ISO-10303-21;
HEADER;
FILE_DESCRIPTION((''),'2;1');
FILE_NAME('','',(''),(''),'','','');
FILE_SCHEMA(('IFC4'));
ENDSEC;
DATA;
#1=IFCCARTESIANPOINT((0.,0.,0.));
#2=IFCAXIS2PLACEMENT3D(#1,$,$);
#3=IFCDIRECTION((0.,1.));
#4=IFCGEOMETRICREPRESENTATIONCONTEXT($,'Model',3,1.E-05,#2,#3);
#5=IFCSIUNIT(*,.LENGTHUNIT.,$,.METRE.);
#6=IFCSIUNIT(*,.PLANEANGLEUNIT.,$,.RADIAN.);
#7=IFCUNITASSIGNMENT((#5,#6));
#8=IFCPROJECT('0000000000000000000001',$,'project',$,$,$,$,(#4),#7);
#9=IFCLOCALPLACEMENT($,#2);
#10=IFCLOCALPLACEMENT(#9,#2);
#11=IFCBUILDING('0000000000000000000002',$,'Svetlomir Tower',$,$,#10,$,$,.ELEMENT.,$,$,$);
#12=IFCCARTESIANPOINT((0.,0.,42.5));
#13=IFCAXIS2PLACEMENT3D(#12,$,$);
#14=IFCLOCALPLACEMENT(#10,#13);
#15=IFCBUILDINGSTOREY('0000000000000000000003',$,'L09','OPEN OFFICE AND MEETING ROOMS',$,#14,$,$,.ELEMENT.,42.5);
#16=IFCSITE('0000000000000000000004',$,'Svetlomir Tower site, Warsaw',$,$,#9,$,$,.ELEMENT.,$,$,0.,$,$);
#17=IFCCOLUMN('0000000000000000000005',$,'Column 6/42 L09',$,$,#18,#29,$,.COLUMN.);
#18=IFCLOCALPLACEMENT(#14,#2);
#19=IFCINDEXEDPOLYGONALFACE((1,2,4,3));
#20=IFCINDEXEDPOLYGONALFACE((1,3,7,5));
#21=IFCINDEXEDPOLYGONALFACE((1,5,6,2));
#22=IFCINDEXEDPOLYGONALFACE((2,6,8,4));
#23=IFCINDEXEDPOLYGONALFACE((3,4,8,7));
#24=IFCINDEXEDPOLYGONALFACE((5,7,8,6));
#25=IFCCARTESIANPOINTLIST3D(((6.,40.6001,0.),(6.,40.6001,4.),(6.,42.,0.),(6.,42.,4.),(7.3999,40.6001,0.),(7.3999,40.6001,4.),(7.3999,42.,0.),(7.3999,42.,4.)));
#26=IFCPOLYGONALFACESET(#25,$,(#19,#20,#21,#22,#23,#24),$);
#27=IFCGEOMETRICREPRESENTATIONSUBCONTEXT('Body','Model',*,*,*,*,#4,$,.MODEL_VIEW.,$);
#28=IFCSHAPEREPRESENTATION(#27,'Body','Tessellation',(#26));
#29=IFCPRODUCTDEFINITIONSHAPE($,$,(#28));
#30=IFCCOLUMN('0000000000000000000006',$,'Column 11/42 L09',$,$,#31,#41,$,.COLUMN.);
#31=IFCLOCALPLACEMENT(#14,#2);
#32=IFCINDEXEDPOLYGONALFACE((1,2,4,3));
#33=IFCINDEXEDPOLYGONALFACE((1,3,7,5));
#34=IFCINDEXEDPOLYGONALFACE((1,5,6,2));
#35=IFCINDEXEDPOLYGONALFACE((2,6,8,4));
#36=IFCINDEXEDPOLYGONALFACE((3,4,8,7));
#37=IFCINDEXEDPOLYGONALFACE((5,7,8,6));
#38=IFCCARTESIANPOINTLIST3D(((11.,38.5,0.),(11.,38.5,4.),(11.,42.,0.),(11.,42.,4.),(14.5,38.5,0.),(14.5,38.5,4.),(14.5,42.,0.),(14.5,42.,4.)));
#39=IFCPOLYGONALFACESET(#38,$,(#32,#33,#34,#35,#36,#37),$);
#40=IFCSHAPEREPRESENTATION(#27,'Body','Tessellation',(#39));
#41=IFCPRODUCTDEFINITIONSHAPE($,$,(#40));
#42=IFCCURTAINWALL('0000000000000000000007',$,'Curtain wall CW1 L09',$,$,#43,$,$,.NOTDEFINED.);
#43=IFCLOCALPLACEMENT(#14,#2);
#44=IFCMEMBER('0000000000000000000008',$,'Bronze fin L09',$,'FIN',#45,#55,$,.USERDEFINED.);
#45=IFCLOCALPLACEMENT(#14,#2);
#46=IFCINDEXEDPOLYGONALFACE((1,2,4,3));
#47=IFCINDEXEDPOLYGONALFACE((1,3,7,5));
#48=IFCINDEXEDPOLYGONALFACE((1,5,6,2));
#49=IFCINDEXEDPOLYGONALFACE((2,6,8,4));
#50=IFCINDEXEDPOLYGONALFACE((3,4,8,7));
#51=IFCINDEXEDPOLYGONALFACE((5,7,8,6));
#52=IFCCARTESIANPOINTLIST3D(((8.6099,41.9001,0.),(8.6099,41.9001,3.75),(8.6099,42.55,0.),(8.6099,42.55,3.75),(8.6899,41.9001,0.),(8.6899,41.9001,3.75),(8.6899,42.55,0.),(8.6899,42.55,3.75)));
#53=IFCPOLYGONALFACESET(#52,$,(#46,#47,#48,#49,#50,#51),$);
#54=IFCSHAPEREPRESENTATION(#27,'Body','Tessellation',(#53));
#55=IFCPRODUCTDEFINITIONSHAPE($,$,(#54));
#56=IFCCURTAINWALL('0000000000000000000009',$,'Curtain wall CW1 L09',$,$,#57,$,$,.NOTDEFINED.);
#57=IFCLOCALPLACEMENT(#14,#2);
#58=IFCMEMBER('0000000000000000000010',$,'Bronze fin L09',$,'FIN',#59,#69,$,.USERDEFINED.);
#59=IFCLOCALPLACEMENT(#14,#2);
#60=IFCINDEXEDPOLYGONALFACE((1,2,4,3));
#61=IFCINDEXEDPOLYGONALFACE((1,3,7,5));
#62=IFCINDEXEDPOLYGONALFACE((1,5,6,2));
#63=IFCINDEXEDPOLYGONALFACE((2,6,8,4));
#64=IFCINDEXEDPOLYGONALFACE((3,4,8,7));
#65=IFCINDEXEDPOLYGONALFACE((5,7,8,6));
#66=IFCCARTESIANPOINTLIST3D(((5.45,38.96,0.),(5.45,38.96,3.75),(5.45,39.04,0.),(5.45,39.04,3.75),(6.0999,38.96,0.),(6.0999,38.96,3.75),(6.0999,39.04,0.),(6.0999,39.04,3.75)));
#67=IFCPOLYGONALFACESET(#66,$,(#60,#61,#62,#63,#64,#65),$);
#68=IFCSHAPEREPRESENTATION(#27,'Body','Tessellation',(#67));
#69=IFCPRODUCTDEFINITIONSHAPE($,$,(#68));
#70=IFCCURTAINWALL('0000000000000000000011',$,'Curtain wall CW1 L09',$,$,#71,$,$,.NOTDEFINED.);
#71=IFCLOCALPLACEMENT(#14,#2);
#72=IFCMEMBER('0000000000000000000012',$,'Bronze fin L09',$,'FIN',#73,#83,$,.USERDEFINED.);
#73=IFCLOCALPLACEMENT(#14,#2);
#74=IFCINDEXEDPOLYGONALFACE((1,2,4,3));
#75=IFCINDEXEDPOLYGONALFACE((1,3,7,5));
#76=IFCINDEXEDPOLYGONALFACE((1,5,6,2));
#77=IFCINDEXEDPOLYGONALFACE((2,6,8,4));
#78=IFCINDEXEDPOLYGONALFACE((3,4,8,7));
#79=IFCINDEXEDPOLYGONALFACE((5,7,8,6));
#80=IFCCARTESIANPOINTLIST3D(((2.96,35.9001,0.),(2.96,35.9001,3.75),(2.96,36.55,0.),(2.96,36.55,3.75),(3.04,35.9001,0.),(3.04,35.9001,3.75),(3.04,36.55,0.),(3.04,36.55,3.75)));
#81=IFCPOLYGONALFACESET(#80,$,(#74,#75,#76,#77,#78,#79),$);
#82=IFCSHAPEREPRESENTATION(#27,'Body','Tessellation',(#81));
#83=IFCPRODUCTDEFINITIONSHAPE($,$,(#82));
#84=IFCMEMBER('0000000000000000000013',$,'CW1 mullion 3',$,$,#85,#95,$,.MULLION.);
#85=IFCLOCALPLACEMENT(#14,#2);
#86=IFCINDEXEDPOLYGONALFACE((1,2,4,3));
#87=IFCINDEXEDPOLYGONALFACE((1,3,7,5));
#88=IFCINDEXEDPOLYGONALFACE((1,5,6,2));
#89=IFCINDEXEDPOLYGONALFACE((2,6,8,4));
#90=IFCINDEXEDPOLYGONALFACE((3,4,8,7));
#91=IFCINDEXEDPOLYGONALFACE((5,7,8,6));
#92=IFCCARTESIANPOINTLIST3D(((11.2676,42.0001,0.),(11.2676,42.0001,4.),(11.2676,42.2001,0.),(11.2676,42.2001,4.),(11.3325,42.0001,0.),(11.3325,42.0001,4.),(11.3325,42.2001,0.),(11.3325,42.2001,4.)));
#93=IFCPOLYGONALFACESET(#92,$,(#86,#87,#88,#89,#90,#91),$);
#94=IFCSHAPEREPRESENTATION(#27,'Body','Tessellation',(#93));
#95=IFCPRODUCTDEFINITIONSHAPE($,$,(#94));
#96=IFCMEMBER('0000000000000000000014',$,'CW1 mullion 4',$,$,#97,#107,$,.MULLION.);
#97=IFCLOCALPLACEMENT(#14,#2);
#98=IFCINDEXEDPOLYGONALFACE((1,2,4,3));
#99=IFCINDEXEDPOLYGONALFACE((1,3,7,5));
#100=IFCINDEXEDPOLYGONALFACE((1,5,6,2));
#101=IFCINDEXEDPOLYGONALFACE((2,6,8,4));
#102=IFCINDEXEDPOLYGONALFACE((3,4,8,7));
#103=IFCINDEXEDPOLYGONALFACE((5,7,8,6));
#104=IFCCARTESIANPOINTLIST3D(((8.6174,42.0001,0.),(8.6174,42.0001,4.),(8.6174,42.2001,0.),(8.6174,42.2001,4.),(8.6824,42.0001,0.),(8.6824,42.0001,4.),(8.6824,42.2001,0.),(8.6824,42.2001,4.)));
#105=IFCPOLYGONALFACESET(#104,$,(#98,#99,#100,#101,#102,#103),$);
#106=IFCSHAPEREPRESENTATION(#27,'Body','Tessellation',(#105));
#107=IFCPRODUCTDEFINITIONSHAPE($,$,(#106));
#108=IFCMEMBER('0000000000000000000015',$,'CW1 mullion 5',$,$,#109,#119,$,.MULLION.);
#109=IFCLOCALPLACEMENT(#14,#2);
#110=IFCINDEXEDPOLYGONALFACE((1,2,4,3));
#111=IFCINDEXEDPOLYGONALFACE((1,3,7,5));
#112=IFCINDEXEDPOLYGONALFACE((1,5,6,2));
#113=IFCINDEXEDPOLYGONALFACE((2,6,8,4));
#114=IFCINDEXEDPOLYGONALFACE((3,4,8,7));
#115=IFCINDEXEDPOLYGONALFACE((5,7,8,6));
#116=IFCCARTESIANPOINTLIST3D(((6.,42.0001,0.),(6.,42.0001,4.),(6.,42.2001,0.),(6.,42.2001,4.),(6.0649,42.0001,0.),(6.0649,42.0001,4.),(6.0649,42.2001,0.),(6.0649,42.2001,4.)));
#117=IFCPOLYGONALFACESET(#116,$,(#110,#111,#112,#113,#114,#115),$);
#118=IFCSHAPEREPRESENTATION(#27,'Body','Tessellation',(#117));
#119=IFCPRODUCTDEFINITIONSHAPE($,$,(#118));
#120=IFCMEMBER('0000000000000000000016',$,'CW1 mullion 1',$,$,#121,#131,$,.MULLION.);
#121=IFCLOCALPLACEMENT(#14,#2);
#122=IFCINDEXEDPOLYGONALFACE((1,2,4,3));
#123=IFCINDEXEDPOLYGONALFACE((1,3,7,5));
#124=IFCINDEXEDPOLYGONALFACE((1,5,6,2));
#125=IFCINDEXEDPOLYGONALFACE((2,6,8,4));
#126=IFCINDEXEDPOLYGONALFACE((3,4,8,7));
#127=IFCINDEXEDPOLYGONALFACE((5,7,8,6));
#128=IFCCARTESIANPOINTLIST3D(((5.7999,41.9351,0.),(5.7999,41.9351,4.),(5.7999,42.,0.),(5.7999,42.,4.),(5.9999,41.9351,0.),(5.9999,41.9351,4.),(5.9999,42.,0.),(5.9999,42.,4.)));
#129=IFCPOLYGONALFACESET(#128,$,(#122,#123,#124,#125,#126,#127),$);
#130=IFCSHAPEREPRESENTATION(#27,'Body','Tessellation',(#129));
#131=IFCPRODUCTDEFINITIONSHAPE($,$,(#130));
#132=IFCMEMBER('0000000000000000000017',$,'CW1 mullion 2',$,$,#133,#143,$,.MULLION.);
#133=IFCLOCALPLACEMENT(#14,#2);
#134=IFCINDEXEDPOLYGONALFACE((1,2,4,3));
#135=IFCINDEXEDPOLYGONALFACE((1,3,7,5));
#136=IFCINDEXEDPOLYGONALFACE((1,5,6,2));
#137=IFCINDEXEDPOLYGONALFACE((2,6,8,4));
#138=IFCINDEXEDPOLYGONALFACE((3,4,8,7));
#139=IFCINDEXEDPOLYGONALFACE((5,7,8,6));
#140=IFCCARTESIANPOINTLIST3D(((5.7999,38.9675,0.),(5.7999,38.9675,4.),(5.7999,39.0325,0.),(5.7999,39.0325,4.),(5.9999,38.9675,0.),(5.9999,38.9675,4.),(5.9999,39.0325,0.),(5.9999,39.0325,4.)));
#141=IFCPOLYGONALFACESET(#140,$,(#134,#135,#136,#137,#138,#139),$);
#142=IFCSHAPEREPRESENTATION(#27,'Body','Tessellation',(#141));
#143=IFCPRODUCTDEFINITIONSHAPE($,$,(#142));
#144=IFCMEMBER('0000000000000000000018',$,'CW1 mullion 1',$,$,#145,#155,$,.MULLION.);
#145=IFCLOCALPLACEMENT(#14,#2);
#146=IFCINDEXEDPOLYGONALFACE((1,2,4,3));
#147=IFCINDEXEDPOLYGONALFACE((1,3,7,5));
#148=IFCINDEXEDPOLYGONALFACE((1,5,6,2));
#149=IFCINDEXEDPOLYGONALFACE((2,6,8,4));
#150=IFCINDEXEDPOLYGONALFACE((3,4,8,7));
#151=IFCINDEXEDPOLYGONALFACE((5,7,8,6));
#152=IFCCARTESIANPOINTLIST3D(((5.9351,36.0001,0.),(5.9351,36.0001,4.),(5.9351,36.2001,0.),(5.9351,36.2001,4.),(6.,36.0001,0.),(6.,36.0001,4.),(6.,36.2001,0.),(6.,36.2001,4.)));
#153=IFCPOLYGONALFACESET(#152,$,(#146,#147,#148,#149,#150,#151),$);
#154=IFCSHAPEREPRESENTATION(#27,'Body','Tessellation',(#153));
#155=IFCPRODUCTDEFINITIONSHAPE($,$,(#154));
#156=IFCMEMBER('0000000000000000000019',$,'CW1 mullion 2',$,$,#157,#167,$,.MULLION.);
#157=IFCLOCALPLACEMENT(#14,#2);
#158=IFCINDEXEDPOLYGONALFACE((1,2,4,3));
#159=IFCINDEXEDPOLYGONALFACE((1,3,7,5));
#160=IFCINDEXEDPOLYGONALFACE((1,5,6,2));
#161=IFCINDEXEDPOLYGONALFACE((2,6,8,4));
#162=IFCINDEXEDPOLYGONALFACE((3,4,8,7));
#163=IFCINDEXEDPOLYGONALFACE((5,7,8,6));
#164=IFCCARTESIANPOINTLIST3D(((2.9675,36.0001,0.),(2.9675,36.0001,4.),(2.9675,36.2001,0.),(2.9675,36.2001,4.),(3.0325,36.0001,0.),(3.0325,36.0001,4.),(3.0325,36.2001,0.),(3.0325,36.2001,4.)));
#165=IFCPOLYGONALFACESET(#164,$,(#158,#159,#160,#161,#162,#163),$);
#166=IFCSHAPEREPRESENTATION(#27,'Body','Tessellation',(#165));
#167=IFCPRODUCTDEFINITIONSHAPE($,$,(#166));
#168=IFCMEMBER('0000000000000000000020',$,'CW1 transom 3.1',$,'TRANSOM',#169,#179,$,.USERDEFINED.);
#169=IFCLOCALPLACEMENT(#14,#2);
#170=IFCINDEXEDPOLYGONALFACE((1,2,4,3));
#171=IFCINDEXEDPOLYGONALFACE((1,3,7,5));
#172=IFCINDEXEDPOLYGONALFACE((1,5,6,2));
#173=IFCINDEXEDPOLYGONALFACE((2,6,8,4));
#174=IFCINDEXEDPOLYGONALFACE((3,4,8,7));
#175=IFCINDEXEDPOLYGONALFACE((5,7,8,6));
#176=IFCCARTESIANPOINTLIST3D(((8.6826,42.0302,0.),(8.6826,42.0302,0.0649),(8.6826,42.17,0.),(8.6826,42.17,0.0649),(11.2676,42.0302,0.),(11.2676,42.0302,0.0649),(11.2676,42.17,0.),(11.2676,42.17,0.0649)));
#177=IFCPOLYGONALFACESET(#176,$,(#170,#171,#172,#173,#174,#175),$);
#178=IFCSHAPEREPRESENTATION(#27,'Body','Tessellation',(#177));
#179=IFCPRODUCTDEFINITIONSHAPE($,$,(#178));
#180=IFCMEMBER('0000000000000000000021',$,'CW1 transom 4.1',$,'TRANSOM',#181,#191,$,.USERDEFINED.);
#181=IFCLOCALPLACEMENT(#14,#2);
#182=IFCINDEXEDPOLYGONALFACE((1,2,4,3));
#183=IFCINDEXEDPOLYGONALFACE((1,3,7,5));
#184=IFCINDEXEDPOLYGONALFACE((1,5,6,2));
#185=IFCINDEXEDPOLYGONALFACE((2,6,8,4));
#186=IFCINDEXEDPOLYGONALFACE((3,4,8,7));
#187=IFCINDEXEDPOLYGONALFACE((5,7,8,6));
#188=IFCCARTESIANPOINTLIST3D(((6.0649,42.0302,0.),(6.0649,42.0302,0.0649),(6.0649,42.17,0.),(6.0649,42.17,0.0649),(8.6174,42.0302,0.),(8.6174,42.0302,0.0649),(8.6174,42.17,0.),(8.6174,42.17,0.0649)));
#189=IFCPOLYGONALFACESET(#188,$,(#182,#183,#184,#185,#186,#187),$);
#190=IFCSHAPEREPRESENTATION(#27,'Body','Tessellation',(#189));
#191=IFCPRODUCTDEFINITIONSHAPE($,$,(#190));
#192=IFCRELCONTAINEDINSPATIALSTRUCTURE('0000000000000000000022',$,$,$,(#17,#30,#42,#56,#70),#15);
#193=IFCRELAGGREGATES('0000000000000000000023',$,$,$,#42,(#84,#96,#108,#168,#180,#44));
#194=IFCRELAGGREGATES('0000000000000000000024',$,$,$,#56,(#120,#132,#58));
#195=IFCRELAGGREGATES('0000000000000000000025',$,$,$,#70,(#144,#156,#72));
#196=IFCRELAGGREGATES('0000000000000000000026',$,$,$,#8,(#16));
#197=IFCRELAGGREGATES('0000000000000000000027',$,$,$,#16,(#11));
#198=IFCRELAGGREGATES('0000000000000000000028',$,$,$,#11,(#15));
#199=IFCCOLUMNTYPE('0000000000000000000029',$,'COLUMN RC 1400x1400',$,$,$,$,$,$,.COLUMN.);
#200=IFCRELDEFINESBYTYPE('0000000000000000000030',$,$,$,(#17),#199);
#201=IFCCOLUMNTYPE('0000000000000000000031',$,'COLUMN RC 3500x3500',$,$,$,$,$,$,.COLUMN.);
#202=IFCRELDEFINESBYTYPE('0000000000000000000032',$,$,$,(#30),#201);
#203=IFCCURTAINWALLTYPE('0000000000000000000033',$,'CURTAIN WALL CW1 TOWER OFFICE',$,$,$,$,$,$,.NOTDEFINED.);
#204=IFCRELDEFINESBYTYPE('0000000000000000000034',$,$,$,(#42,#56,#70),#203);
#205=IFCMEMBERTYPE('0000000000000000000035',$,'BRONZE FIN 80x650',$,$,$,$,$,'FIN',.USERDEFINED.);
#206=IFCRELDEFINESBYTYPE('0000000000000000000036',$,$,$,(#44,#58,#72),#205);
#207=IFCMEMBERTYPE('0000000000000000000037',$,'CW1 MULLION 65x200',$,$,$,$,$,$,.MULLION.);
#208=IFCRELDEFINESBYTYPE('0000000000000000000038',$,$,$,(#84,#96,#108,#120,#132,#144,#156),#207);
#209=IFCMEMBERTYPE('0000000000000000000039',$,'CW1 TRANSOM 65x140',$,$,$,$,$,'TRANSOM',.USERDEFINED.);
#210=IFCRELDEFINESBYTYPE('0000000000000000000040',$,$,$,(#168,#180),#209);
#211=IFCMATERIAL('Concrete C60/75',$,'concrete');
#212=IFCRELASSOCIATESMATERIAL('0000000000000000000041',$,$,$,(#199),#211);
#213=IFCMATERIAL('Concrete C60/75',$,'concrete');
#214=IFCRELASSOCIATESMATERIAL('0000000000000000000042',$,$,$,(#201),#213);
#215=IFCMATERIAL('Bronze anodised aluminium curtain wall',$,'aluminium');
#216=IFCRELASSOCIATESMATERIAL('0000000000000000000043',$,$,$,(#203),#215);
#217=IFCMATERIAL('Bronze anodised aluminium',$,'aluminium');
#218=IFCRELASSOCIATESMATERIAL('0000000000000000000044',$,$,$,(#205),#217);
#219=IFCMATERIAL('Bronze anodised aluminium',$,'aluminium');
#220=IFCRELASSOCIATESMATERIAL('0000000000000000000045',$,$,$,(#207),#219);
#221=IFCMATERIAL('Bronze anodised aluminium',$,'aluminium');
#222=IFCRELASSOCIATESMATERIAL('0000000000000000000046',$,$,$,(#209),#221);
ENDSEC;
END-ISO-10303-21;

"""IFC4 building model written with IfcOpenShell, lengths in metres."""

from ifc_helpers import new_model, si_unit, direction, frame, origin, origin_2d, place, context, subcontext, project, spatial, rectangle, extrude, material, material_profile, profile_set, type_object, element, aggregate, save


model = new_model("IFC4")

# Units and contexts
model_context = context("Model", 3, precision=1e-05, world=origin(), true_north=direction((0.0, 1.0)))
body_context = subcontext(model_context, "Body", "Model", "MODEL_VIEW")
ifc_project = project(units=[si_unit("LENGTHUNIT", "METRE"), si_unit("PLANEANGLEUNIT", "RADIAN")], contexts=[model_context])

# Site, building, storey
site_placement = place(None, origin())
site = spatial("IfcSite", under=ifc_project, at=site_placement, Name="Svetlomir Tower site, Warsaw", CompositionType="ELEMENT", RefElevation=0.0)
building_placement = place(site_placement, origin())
building = spatial("IfcBuilding", under=site, at=building_placement, Name="Svetlomir Tower", CompositionType="ELEMENT")
storey_placement = place(building_placement, frame((0.0, 0.0, 42.5)))
storey = spatial("IfcBuildingStorey", under=building, at=storey_placement, Name="L09", Description="OPEN OFFICE AND MEETING ROOMS", CompositionType="ELEMENT", Elevation=42.5)

# Columns
ifc_material_1 = material(Name="Concrete C60/75", Category="concrete")
ifc_material_profile_1 = material_profile(ifc_material_1, rectangle(XDim=1.3999, YDim=1.3999, at=origin_2d()), Name="RC 1400x1400")
ifc_profile_set_1 = profile_set([ifc_material_profile_1], Name="Concrete C60/75")
column_type_1 = type_object("IfcColumnType", Name="COLUMN RC 1400x1400", PredefinedType="COLUMN", material=ifc_profile_set_1)
column_1_placement = place(storey_placement, frame((6.7, 41.3, 0.0), z_axis=(0.0, 0.0, 1.0), x_axis=(1.0, 0.0, 0.0)))
element("IfcColumn", 1, at=column_1_placement, inside=storey, type_object=column_type_1, Name="Column 6/42 L09", PredefinedType="COLUMN", context=body_context, shape_type="SweptSolid", body=[
    extrude(rectangle(XDim=1.3999, YDim=1.3999, at=origin_2d()), origin(), (0.0, 0.0, 1.0), 4.0),
])
ifc_material_2 = material(Name="Concrete C60/75", Category="concrete")
ifc_material_profile_2 = material_profile(ifc_material_2, rectangle(XDim=3.5, YDim=3.5, at=origin_2d()), Name="RC 3500x3500")
ifc_profile_set_2 = profile_set([ifc_material_profile_2], Name="Concrete C60/75")
column_type_2 = type_object("IfcColumnType", Name="COLUMN RC 3500x3500", PredefinedType="COLUMN", material=ifc_profile_set_2)
column_2_placement = place(storey_placement, frame((12.75, 40.25, 0.0), z_axis=(0.0, 0.0, 1.0), x_axis=(1.0, 0.0, 0.0)))
element("IfcColumn", 2, at=column_2_placement, inside=storey, type_object=column_type_2, Name="Column 11/42 L09", PredefinedType="COLUMN", context=body_context, shape_type="SweptSolid", body=[
    extrude(rectangle(XDim=3.5, YDim=3.5, at=origin_2d()), origin(), (0.0, 0.0, 1.0), 4.0),
])

# Curtain walls, members
ifc_material_3 = material(Name="Bronze anodised aluminium curtain wall", Category="aluminium")
curtain_wall_type = type_object("IfcCurtainWallType", Name="CURTAIN WALL CW1 TOWER OFFICE", PredefinedType="NOTDEFINED", material=ifc_material_3)
curtain_wall_1_placement = place(storey_placement, origin())
curtain_wall_1 = element("IfcCurtainWall", 3, at=curtain_wall_1_placement, inside=storey, type_object=curtain_wall_type, Name="Curtain wall CW1 L09", PredefinedType="NOTDEFINED")
ifc_material_4 = material(Name="Bronze anodised aluminium", Category="aluminium")
ifc_material_profile_3 = material_profile(ifc_material_4, rectangle(XDim=0.0801, YDim=0.6499, at=origin_2d()), Name="FIN 80x650")
ifc_profile_set_3 = profile_set([ifc_material_profile_3], Name="Bronze anodised aluminium 6063-T6")
member_type_1 = type_object("IfcMemberType", Name="BRONZE FIN 80x650", ElementType="FIN", PredefinedType="USERDEFINED", material=ifc_profile_set_3)
member_1_placement = place(storey_placement, frame((8.6499, 42.2251, 0.0), z_axis=(0.0, 0.0, 1.0), x_axis=(1.0, 0.0, 0.0)))
member_1 = element("IfcMember", 4, at=member_1_placement, type_object=member_type_1, Name="Bronze fin L09", ObjectType="FIN", PredefinedType="USERDEFINED", context=body_context, shape_type="SweptSolid", body=[
    extrude(rectangle(XDim=0.0801, YDim=0.6499, at=origin_2d()), origin(), (0.0, 0.0, 1.0), 3.75),
])
curtain_wall_2_placement = place(storey_placement, origin())
curtain_wall_2 = element("IfcCurtainWall", 5, at=curtain_wall_2_placement, inside=storey, type_object=curtain_wall_type, Name="Curtain wall CW1 L09", PredefinedType="NOTDEFINED")
member_2_placement = place(storey_placement, frame((5.7749, 39.0, 0.0), z_axis=(0.0, 0.0, 1.0), x_axis=(0.0, 1.0, 0.0)))
member_2 = element("IfcMember", 6, at=member_2_placement, type_object=member_type_1, Name="Bronze fin L09", ObjectType="FIN", PredefinedType="USERDEFINED", context=body_context, shape_type="SweptSolid", body=[
    extrude(rectangle(XDim=0.0801, YDim=0.6499, at=origin_2d()), origin(), (0.0, 0.0, 1.0), 3.75),
])
curtain_wall_3_placement = place(storey_placement, origin())
curtain_wall_3 = element("IfcCurtainWall", 7, at=curtain_wall_3_placement, inside=storey, type_object=curtain_wall_type, Name="Curtain wall CW1 L09", PredefinedType="NOTDEFINED")
member_3_placement = place(storey_placement, frame((3.0, 36.2251, 0.0), z_axis=(0.0, 0.0, 1.0), x_axis=(1.0, 0.0, 0.0)))
member_3 = element("IfcMember", 8, at=member_3_placement, type_object=member_type_1, Name="Bronze fin L09", ObjectType="FIN", PredefinedType="USERDEFINED", context=body_context, shape_type="SweptSolid", body=[
    extrude(rectangle(XDim=0.0801, YDim=0.6499, at=origin_2d()), origin(), (0.0, 0.0, 1.0), 3.75),
])

# Members
ifc_material_5 = material(Name="Bronze anodised aluminium", Category="aluminium")
ifc_material_profile_4 = material_profile(ifc_material_5, rectangle(XDim=0.0649, YDim=0.2, at=origin_2d()), Name="AL 65x200")
ifc_profile_set_4 = profile_set([ifc_material_profile_4], Name="Bronze anodised aluminium 6063-T6")
member_type_2 = type_object("IfcMemberType", Name="CW1 MULLION 65x200", PredefinedType="MULLION", material=ifc_profile_set_4)
member_4_placement = place(storey_placement, frame((11.3, 42.1001, 0.0), z_axis=(0.0, 0.0, 1.0), x_axis=(-1.0, 0.0, 0.0)))
member_4 = element("IfcMember", 9, at=member_4_placement, type_object=member_type_2, Name="CW1 mullion 3", PredefinedType="MULLION", context=body_context, shape_type="SweptSolid", body=[
    extrude(rectangle(XDim=0.0649, YDim=0.2, at=origin_2d()), origin(), (0.0, 0.0, 1.0), 4.0),
])
member_5_placement = place(storey_placement, frame((8.6499, 42.1001, 0.0), z_axis=(0.0, 0.0, 1.0), x_axis=(-1.0, 0.0, 0.0)))
member_5 = element("IfcMember", 10, at=member_5_placement, type_object=member_type_2, Name="CW1 mullion 4", PredefinedType="MULLION", context=body_context, shape_type="SweptSolid", body=[
    extrude(rectangle(XDim=0.0649, YDim=0.2, at=origin_2d()), origin(), (0.0, 0.0, 1.0), 4.0),
])
member_6_placement = place(storey_placement, frame((6.0325, 42.1001, 0.0), z_axis=(0.0, 0.0, 1.0), x_axis=(-1.0, 0.0, 0.0)))
member_6 = element("IfcMember", 11, at=member_6_placement, type_object=member_type_2, Name="CW1 mullion 5", PredefinedType="MULLION", context=body_context, shape_type="SweptSolid", body=[
    extrude(rectangle(XDim=0.0649, YDim=0.2, at=origin_2d()), origin(), (0.0, 0.0, 1.0), 4.0),
])
member_7_placement = place(storey_placement, frame((5.8999, 41.9675, 0.0), z_axis=(0.0, 0.0, 1.0), x_axis=(0.0, -1.0, 0.0)))
member_7 = element("IfcMember", 12, at=member_7_placement, type_object=member_type_2, Name="CW1 mullion 1", PredefinedType="MULLION", context=body_context, shape_type="SweptSolid", body=[
    extrude(rectangle(XDim=0.0649, YDim=0.2, at=origin_2d()), origin(), (0.0, 0.0, 1.0), 4.0),
])
member_8_placement = place(storey_placement, frame((5.8999, 39.0, 0.0), z_axis=(0.0, 0.0, 1.0), x_axis=(0.0, -1.0, 0.0)))
member_8 = element("IfcMember", 13, at=member_8_placement, type_object=member_type_2, Name="CW1 mullion 2", PredefinedType="MULLION", context=body_context, shape_type="SweptSolid", body=[
    extrude(rectangle(XDim=0.0649, YDim=0.2, at=origin_2d()), origin(), (0.0, 0.0, 1.0), 4.0),
])
member_9_placement = place(storey_placement, frame((5.9675, 36.1001, 0.0), z_axis=(0.0, 0.0, 1.0), x_axis=(-1.0, 0.0, 0.0)))
member_9 = element("IfcMember", 14, at=member_9_placement, type_object=member_type_2, Name="CW1 mullion 1", PredefinedType="MULLION", context=body_context, shape_type="SweptSolid", body=[
    extrude(rectangle(XDim=0.0649, YDim=0.2, at=origin_2d()), origin(), (0.0, 0.0, 1.0), 4.0),
])
member_10_placement = place(storey_placement, frame((3.0, 36.1001, 0.0), z_axis=(0.0, 0.0, 1.0), x_axis=(-1.0, 0.0, 0.0)))
member_10 = element("IfcMember", 15, at=member_10_placement, type_object=member_type_2, Name="CW1 mullion 2", PredefinedType="MULLION", context=body_context, shape_type="SweptSolid", body=[
    extrude(rectangle(XDim=0.0649, YDim=0.2, at=origin_2d()), origin(), (0.0, 0.0, 1.0), 4.0),
])
ifc_material_6 = material(Name="Bronze anodised aluminium", Category="aluminium")
ifc_material_profile_5 = material_profile(ifc_material_6, rectangle(XDim=0.1399, YDim=0.0649, at=origin_2d()), Name="AL 140x65")
ifc_profile_set_5 = profile_set([ifc_material_profile_5], Name="Bronze anodised aluminium 6063-T6")
member_type_3 = type_object("IfcMemberType", Name="CW1 TRANSOM 65x140", ElementType="TRANSOM", PredefinedType="USERDEFINED", material=ifc_profile_set_5)
member_11_placement = place(storey_placement, frame((11.2676, 42.1001, 0.0325), z_axis=(-1.0, 0.0, 0.0), x_axis=(0.0, -1.0, 0.0)))
member_11 = element("IfcMember", 16, at=member_11_placement, type_object=member_type_3, Name="CW1 transom 3.1", ObjectType="TRANSOM", PredefinedType="USERDEFINED", context=body_context, shape_type="SweptSolid", body=[
    extrude(rectangle(XDim=0.1399, YDim=0.0649, at=origin_2d()), origin(), (0.0, 0.0, 1.0), 2.585),
])
member_12_placement = place(storey_placement, frame((8.6174, 42.1001, 0.0325), z_axis=(-1.0, 0.0, 0.0), x_axis=(0.0, -1.0, 0.0)))
member_12 = element("IfcMember", 17, at=member_12_placement, type_object=member_type_3, Name="CW1 transom 4.1", ObjectType="TRANSOM", PredefinedType="USERDEFINED", context=body_context, shape_type="SweptSolid", body=[
    extrude(rectangle(XDim=0.1399, YDim=0.0649, at=origin_2d()), origin(), (0.0, 0.0, 1.0), 2.5525),
])

aggregate(curtain_wall_1, [member_4, member_5, member_6, member_11, member_12, member_1])
aggregate(curtain_wall_2, [member_7, member_8, member_2])
aggregate(curtain_wall_3, [member_9, member_10, member_3])

save(model, "model.ifc")
